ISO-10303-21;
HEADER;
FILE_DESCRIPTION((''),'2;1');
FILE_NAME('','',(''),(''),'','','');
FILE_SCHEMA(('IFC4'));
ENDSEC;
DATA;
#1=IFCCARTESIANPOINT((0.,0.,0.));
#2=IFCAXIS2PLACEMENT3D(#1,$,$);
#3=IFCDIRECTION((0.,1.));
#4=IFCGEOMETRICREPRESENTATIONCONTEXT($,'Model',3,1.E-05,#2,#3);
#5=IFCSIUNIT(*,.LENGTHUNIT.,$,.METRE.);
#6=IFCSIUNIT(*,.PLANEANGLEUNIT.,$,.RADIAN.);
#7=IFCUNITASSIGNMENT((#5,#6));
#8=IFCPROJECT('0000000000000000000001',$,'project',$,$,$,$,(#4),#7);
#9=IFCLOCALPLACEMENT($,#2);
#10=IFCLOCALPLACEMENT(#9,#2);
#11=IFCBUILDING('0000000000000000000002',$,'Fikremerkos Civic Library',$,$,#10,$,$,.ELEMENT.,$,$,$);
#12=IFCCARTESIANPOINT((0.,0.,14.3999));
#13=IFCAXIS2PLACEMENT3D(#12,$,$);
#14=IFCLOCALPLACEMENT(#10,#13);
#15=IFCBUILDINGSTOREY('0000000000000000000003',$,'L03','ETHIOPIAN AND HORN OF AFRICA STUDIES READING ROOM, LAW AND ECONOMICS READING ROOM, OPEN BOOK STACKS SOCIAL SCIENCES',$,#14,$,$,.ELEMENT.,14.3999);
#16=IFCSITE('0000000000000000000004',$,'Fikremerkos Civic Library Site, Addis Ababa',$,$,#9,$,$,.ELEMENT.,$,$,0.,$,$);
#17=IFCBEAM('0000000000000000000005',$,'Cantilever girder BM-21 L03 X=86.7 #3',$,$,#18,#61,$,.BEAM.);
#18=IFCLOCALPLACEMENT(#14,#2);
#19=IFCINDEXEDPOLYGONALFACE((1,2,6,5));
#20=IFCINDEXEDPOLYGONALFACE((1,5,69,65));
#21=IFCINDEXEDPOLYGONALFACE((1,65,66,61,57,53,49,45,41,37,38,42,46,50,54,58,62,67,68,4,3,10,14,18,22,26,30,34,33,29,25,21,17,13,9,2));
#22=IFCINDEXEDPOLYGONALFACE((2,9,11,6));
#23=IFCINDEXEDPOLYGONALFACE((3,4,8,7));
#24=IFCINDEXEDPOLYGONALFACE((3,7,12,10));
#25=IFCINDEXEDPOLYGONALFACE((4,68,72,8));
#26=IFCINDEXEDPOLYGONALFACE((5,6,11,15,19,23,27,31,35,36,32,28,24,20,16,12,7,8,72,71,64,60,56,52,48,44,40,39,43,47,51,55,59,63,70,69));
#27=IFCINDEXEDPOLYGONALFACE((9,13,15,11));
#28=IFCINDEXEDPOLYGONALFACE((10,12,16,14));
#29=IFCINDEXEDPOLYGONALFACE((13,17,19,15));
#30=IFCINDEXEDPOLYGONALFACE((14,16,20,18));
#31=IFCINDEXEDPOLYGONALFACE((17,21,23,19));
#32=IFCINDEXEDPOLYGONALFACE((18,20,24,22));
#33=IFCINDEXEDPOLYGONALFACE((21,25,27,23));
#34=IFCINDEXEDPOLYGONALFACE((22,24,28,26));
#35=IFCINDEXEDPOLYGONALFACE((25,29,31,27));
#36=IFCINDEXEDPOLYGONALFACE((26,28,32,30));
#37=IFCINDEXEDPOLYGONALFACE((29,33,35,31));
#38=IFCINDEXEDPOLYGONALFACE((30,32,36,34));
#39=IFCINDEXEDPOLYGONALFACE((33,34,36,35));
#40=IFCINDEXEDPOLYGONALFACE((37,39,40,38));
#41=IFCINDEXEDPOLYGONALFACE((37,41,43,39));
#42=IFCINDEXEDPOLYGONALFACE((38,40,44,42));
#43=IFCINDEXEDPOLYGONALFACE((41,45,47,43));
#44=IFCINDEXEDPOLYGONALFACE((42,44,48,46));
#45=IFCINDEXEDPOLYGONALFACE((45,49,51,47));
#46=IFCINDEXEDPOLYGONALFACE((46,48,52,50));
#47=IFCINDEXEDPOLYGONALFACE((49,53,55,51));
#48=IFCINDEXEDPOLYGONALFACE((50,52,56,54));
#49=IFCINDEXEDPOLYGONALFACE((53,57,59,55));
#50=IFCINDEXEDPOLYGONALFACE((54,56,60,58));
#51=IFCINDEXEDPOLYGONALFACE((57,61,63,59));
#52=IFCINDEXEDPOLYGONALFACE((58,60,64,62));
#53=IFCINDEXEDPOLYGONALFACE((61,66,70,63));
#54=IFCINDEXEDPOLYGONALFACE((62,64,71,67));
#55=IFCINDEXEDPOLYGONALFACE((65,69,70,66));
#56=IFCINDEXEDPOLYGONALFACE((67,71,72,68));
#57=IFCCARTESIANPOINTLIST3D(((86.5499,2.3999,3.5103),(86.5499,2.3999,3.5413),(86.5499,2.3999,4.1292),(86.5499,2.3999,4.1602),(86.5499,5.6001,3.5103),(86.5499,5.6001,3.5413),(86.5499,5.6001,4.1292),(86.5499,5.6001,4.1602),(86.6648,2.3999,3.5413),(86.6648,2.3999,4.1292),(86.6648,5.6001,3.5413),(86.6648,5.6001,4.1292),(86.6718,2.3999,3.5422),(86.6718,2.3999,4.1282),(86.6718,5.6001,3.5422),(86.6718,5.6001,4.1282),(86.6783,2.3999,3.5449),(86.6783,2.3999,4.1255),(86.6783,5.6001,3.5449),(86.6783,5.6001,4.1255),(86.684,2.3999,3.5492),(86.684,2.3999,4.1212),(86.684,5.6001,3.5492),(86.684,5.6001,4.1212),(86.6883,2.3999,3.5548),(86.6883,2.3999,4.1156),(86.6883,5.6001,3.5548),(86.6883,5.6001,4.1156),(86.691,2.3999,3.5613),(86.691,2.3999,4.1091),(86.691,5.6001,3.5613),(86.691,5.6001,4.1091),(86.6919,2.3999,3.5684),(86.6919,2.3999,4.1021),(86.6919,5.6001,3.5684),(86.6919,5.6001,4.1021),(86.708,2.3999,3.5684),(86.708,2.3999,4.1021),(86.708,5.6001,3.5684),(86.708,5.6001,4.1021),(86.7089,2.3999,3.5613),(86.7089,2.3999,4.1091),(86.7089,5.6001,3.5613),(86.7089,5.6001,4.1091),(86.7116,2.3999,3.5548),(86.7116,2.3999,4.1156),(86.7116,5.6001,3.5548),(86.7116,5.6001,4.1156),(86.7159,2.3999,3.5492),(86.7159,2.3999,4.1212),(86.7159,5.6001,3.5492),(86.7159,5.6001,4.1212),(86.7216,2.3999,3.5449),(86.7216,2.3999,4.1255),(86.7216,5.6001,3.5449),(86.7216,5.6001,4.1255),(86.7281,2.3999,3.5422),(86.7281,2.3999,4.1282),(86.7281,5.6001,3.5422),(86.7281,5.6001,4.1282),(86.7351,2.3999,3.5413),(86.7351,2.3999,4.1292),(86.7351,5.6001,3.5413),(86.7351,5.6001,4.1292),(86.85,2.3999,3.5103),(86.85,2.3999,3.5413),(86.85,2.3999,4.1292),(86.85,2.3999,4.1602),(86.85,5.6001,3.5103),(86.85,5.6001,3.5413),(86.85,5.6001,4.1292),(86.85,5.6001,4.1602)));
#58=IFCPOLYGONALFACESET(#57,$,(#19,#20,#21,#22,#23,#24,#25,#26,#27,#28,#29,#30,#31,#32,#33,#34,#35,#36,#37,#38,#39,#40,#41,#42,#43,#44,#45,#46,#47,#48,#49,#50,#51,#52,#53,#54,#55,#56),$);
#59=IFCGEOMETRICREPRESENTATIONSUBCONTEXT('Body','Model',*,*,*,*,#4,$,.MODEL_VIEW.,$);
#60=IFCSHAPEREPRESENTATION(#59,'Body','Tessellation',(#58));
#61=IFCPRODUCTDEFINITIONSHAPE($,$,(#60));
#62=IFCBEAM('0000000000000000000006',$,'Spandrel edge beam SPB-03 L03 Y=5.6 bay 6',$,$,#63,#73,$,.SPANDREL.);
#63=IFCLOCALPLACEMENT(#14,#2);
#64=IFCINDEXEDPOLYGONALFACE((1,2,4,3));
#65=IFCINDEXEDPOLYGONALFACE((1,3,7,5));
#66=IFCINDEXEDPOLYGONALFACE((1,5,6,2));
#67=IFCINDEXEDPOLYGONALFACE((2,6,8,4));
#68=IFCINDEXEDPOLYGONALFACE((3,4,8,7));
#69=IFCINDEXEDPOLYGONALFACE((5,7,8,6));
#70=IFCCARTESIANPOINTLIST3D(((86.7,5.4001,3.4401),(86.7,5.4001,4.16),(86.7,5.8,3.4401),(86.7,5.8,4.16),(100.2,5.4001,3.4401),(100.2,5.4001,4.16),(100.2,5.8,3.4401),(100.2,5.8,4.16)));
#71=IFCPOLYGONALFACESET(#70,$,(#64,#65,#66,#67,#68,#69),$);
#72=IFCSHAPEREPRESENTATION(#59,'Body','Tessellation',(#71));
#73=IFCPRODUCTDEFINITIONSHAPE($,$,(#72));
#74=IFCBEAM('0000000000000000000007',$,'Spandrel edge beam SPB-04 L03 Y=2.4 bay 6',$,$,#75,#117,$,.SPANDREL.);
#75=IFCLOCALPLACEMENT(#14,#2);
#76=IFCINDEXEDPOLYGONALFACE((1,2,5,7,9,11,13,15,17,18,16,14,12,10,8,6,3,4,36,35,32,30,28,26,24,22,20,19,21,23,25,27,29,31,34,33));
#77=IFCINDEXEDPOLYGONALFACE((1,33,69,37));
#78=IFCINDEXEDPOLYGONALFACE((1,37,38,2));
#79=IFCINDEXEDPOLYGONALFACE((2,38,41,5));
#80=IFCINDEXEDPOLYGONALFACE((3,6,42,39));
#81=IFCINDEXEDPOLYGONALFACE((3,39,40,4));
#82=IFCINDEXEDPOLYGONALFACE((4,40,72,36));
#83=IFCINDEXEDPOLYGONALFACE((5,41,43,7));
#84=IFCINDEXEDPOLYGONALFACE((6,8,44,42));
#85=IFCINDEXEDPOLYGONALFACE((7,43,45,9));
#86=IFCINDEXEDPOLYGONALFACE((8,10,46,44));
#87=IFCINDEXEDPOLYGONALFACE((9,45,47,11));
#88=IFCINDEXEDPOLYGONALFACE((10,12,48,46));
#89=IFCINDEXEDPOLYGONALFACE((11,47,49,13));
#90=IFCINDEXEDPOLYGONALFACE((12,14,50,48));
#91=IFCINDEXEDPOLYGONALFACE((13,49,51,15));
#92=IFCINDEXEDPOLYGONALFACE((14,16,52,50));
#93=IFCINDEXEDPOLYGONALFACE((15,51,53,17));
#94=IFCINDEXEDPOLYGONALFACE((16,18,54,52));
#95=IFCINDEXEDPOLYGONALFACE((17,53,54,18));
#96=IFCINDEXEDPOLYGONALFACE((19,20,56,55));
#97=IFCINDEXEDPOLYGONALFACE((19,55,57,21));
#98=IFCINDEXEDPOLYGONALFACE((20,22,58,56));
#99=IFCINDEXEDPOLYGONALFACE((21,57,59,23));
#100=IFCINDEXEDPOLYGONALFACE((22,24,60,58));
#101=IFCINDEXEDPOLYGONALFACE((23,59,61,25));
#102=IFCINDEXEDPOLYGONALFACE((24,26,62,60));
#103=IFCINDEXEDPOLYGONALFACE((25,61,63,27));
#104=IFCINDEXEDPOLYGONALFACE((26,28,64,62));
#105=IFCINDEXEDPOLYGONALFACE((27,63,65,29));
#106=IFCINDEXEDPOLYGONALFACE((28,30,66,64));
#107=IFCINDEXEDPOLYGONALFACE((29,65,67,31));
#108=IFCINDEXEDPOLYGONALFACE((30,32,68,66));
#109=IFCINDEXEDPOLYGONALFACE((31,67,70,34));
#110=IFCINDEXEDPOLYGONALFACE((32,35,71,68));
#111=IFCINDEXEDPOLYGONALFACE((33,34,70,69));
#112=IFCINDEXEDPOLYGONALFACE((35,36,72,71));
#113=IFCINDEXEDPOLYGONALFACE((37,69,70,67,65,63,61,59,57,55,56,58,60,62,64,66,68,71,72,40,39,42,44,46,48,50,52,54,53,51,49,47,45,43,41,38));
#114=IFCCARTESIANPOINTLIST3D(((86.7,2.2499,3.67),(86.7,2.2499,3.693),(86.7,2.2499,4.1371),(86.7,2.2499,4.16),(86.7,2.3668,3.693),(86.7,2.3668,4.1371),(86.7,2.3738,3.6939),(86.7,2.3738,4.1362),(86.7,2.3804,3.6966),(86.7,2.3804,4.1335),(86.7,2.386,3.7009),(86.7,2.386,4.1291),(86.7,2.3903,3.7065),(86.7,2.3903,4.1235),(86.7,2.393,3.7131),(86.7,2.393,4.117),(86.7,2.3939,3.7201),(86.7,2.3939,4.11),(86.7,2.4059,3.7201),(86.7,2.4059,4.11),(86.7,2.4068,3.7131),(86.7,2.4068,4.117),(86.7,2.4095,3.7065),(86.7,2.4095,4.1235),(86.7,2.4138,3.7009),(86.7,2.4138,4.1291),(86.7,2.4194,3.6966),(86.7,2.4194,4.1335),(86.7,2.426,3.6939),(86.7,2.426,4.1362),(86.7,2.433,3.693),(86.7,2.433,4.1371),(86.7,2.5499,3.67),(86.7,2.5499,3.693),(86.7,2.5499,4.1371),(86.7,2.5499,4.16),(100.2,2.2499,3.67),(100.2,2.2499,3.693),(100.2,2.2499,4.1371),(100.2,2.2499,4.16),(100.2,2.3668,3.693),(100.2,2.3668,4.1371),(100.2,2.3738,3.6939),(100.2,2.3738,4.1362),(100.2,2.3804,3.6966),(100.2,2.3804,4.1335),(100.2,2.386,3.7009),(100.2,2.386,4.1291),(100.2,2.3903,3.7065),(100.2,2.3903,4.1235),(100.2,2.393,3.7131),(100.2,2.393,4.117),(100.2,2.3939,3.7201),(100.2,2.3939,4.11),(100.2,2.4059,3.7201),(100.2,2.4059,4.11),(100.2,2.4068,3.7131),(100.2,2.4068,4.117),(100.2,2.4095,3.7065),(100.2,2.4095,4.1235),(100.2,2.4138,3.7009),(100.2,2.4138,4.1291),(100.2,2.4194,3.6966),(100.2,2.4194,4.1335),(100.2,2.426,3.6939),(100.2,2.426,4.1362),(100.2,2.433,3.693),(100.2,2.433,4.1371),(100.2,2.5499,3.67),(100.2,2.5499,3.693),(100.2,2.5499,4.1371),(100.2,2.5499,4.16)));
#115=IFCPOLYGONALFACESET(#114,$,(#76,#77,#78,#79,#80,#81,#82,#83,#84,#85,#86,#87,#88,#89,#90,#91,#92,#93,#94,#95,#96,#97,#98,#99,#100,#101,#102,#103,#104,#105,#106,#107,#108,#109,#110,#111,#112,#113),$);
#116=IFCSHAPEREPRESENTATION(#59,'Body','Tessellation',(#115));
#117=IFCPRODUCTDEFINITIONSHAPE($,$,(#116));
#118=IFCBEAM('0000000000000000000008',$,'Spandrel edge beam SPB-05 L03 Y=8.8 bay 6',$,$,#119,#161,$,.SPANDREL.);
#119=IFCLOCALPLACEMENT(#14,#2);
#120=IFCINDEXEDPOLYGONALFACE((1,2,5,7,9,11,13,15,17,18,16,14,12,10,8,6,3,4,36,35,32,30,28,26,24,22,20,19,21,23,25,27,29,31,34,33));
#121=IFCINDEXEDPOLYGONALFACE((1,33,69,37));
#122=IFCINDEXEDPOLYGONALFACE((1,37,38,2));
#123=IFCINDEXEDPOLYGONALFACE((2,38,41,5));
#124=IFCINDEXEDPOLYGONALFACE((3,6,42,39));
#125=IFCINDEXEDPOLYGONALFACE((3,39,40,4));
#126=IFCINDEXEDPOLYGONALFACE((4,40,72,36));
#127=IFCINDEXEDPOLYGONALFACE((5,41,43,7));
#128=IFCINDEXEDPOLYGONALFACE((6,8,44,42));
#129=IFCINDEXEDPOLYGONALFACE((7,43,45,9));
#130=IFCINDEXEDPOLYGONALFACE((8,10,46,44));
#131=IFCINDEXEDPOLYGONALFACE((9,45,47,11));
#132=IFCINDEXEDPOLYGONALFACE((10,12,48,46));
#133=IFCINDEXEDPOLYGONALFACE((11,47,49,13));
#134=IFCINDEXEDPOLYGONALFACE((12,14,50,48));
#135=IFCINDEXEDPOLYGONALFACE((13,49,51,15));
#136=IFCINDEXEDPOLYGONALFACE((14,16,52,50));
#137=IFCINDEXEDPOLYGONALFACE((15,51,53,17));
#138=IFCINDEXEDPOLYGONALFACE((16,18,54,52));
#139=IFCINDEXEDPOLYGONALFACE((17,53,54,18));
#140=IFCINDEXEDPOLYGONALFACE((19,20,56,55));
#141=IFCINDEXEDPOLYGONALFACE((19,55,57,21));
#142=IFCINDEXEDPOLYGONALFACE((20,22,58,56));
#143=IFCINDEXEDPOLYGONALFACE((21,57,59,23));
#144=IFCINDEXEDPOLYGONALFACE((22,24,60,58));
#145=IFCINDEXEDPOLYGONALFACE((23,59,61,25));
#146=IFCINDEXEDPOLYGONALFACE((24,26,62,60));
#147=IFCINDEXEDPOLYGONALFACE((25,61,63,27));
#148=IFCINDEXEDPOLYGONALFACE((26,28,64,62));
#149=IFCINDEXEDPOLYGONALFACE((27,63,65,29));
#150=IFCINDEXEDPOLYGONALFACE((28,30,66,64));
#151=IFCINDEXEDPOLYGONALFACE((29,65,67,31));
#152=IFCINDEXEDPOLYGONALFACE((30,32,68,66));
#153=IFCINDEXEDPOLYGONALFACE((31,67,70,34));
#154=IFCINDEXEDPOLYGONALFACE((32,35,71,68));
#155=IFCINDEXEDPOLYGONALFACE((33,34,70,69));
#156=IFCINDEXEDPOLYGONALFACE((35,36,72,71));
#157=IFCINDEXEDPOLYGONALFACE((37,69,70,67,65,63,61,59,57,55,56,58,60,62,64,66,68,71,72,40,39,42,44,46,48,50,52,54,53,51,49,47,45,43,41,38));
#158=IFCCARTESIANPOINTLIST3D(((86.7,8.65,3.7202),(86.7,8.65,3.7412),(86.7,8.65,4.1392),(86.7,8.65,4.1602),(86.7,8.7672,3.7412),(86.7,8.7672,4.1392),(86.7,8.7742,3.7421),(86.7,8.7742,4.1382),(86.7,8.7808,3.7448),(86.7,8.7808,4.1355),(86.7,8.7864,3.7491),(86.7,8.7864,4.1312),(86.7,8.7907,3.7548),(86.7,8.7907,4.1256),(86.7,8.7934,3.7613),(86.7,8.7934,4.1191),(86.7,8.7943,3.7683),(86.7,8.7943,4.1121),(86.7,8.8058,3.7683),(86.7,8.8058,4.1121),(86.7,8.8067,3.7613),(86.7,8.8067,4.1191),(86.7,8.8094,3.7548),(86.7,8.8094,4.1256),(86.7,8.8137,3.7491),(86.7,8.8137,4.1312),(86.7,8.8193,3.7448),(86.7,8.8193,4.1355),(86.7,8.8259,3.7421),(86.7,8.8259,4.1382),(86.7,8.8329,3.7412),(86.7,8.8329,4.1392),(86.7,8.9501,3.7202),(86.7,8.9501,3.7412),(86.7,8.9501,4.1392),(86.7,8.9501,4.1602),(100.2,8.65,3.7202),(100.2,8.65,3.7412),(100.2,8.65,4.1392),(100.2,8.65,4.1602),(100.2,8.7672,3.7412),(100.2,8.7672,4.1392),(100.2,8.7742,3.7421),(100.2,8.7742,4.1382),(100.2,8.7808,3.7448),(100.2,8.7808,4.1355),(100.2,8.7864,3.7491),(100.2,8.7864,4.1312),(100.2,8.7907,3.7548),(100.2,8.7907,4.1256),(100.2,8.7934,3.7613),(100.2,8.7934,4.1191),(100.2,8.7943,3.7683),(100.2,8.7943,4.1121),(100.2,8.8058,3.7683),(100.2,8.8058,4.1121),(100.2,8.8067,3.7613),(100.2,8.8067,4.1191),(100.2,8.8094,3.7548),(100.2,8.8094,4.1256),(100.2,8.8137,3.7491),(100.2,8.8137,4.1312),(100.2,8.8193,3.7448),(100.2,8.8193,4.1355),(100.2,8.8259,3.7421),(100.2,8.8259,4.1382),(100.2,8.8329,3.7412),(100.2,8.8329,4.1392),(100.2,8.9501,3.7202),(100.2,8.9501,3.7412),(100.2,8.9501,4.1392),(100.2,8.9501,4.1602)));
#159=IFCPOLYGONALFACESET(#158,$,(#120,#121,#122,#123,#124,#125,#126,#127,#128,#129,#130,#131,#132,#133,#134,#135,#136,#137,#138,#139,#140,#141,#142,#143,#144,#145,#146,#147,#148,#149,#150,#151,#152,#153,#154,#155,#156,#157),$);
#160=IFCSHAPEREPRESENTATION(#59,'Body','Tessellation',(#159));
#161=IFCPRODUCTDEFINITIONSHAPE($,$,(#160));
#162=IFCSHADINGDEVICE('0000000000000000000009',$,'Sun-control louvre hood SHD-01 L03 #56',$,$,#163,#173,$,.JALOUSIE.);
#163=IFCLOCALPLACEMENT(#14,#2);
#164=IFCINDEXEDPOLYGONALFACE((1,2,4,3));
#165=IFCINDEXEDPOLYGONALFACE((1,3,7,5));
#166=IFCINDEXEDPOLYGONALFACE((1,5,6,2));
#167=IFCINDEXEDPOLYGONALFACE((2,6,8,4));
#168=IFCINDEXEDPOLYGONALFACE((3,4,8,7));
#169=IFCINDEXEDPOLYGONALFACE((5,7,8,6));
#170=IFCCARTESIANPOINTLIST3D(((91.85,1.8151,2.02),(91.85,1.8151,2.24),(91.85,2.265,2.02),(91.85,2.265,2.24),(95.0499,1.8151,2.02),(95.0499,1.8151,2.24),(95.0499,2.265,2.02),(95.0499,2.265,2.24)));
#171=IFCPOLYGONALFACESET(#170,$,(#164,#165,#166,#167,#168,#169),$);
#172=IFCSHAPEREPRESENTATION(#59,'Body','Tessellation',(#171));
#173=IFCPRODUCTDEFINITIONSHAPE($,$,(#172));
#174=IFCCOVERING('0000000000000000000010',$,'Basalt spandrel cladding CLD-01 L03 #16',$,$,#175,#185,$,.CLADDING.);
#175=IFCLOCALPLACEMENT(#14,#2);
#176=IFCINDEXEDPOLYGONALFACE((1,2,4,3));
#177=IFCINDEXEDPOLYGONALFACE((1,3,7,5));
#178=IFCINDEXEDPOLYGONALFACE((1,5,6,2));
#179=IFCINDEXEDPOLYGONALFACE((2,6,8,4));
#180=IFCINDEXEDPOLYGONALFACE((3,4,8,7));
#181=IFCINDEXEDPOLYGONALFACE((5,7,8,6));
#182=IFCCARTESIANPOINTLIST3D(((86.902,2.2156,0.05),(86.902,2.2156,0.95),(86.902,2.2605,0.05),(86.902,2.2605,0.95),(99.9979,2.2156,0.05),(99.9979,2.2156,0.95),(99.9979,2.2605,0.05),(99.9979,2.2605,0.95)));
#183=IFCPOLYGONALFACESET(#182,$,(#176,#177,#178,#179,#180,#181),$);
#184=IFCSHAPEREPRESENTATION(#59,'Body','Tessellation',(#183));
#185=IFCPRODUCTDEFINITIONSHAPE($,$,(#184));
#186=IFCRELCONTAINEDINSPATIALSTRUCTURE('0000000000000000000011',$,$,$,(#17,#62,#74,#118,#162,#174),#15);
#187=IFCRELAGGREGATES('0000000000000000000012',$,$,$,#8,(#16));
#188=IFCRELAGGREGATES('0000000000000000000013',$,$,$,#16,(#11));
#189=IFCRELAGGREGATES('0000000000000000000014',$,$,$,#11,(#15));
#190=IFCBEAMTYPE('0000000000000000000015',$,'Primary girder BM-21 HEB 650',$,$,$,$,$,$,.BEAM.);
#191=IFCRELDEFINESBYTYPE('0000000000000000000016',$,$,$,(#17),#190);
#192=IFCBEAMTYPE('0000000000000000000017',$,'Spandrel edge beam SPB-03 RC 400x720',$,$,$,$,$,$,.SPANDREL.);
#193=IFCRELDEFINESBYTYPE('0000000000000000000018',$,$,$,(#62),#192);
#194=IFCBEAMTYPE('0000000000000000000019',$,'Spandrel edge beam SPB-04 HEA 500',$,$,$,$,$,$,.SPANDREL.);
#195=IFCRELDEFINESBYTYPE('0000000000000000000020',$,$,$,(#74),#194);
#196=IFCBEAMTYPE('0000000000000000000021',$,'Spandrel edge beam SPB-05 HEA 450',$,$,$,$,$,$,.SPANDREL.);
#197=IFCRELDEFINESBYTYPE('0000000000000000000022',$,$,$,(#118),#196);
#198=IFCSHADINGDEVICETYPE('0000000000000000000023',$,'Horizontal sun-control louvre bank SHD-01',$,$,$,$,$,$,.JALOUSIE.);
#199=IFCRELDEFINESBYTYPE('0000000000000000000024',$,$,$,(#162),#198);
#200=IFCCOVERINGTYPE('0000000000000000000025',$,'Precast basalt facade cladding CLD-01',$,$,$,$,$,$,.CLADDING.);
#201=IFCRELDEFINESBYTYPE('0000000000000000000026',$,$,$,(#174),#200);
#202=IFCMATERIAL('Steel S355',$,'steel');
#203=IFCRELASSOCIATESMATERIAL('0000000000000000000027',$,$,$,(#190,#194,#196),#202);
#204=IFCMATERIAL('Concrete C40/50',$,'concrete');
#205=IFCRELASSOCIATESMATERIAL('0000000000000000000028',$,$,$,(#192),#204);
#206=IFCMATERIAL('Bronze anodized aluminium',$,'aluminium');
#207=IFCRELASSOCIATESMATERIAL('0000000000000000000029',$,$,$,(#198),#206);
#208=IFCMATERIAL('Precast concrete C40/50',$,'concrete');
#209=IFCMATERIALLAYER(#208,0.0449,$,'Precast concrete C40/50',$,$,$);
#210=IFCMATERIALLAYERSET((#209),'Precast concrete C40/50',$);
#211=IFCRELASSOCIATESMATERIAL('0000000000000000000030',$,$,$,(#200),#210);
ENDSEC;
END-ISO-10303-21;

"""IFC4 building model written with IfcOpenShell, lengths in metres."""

from ifc_helpers import new_model, si_unit, direction, frame, origin, origin_2d, place, context, subcontext, project, spatial, rectangle, i_section, extrude, material, layer, layer_set, material_profile, profile_set, type_object, element, save


model = new_model("IFC4")

# Units and contexts
model_context = context("Model", 3, precision=1e-05, world=origin(), true_north=direction((0.0, 1.0)))
body_context = subcontext(model_context, "Body", "Model", "MODEL_VIEW")
ifc_project = project(units=[si_unit("LENGTHUNIT", "METRE"), si_unit("PLANEANGLEUNIT", "RADIAN")], contexts=[model_context])

# Site, building, storey
site_placement = place(None, origin())
site = spatial("IfcSite", under=ifc_project, at=site_placement, Name="Fikremerkos Civic Library Site, Addis Ababa", CompositionType="ELEMENT", RefElevation=0.0)
building_placement = place(site_placement, origin())
building = spatial("IfcBuilding", under=site, at=building_placement, Name="Fikremerkos Civic Library", CompositionType="ELEMENT")
storey_placement = place(building_placement, frame((0.0, 0.0, 14.3999)))
storey = spatial("IfcBuildingStorey", under=building, at=storey_placement, Name="L03", Description="ETHIOPIAN AND HORN OF AFRICA STUDIES READING ROOM, LAW AND ECONOMICS READING ROOM, OPEN BOOK STACKS SOCIAL SCIENCES", CompositionType="ELEMENT", Elevation=14.3999)

# Shared definitions
ifc_material_1 = material(Name="Concrete C40/50", Category="concrete")
ifc_material_2 = material(Name="Steel S355", Category="steel")

# Beams
ifc_material_profile_1 = material_profile(ifc_material_2, i_section(OverallWidth=0.3, OverallDepth=0.6499, WebThickness=0.0161, FlangeThickness=0.031, FilletRadius=0.0271, at=origin_2d()), Name="HEB 650")
ifc_profile_set_1 = profile_set([ifc_material_profile_1], Name="Steel S355")
beam_type_1 = type_object("IfcBeamType", Name="Primary girder BM-21 HEB 650", PredefinedType="BEAM", material=ifc_profile_set_1)
beam_1_placement = place(storey_placement, frame((86.7, 5.6001, 3.8352), z_axis=(0.0, -1.0, 0.0), x_axis=(1.0, 0.0, 0.0)))
element("IfcBeam", 1, at=beam_1_placement, inside=storey, type_object=beam_type_1, Name="Cantilever girder BM-21 L03 X=86.7 #3", PredefinedType="BEAM", context=body_context, shape_type="SweptSolid", body=[
    extrude(i_section(OverallWidth=0.3, OverallDepth=0.6499, WebThickness=0.0161, FlangeThickness=0.031, FilletRadius=0.0271, at=origin_2d()), origin(), (0.0, 0.0, 1.0), 3.2002),
])
ifc_material_profile_2 = material_profile(ifc_material_1, rectangle(XDim=0.3999, YDim=0.72, at=origin_2d()), Name="RC 400x720")
ifc_profile_set_2 = profile_set([ifc_material_profile_2], Name="Concrete C40/50")
beam_type_2 = type_object("IfcBeamType", Name="Spandrel edge beam SPB-03 RC 400x720", PredefinedType="SPANDREL", material=ifc_profile_set_2)
beam_2_placement = place(storey_placement, frame((86.7, 5.6001, 3.8), z_axis=(1.0, 0.0, 0.0), x_axis=(0.0, 1.0, 0.0)))
element("IfcBeam", 2, at=beam_2_placement, inside=storey, type_object=beam_type_2, Name="Spandrel edge beam SPB-03 L03 Y=5.6 bay 6", PredefinedType="SPANDREL", context=body_context, shape_type="SweptSolid", body=[
    extrude(rectangle(XDim=0.3999, YDim=0.72, at=origin_2d()), origin(), (0.0, 0.0, 1.0), 13.5),
])
ifc_material_profile_3 = material_profile(ifc_material_2, i_section(OverallWidth=0.3, OverallDepth=0.49, WebThickness=0.012, FlangeThickness=0.0229, FilletRadius=0.0271, at=origin_2d()), Name="HEA 500")
ifc_profile_set_3 = profile_set([ifc_material_profile_3], Name="Steel S355")
beam_type_3 = type_object("IfcBeamType", Name="Spandrel edge beam SPB-04 HEA 500", PredefinedType="SPANDREL", material=ifc_profile_set_3)
beam_3_placement = place(storey_placement, frame((86.7, 2.3999, 3.915), z_axis=(1.0, 0.0, 0.0), x_axis=(0.0, 1.0, 0.0)))
element("IfcBeam", 3, at=beam_3_placement, inside=storey, type_object=beam_type_3, Name="Spandrel edge beam SPB-04 L03 Y=2.4 bay 6", PredefinedType="SPANDREL", context=body_context, shape_type="SweptSolid", body=[
    extrude(i_section(OverallWidth=0.3, OverallDepth=0.49, WebThickness=0.012, FlangeThickness=0.0229, FilletRadius=0.0271, at=origin_2d()), origin(), (0.0, 0.0, 1.0), 13.5),
])
ifc_material_profile_4 = material_profile(ifc_material_2, i_section(OverallWidth=0.3, OverallDepth=0.4399, WebThickness=0.0115, FlangeThickness=0.021, FilletRadius=0.0271, at=origin_2d()), Name="HEA 450")
ifc_profile_set_4 = profile_set([ifc_material_profile_4], Name="Steel S355")
beam_type_4 = type_object("IfcBeamType", Name="Spandrel edge beam SPB-05 HEA 450", PredefinedType="SPANDREL", material=ifc_profile_set_4)
beam_4_placement = place(storey_placement, frame((86.7, 8.8, 3.9402), z_axis=(1.0, 0.0, 0.0), x_axis=(0.0, 1.0, 0.0)))
element("IfcBeam", 4, at=beam_4_placement, inside=storey, type_object=beam_type_4, Name="Spandrel edge beam SPB-05 L03 Y=8.8 bay 6", PredefinedType="SPANDREL", context=body_context, shape_type="SweptSolid", body=[
    extrude(i_section(OverallWidth=0.3, OverallDepth=0.4399, WebThickness=0.0115, FlangeThickness=0.021, FilletRadius=0.0271, at=origin_2d()), origin(), (0.0, 0.0, 1.0), 13.5),
])

# Shared definitions
ifc_material_3 = material(Name="Precast concrete C40/50", Category="concrete")

# Shading device
ifc_material_4 = material(Name="Bronze anodized aluminium", Category="aluminium")
shading_device_type = type_object("IfcShadingDeviceType", Name="Horizontal sun-control louvre bank SHD-01", PredefinedType="JALOUSIE", material=ifc_material_4)
shading_device_placement = place(storey_placement, frame((93.45, 2.04, 2.02), z_axis=(0.0, 0.0, 1.0), x_axis=(1.0, 0.0, 0.0)))
element("IfcShadingDevice", 5, at=shading_device_placement, inside=storey, type_object=shading_device_type, Name="Sun-control louvre hood SHD-01 L03 #56", PredefinedType="JALOUSIE", context=body_context, shape_type="SweptSolid", body=[
    extrude(rectangle(XDim=3.2, YDim=0.45, at=origin_2d()), origin(), (0.0, 0.0, 1.0), 0.22),
])

# Covering
ifc_layer_1 = layer(ifc_material_3, 0.0449, Name="Precast concrete C40/50")
ifc_layer_set_1 = layer_set([ifc_layer_1], Name="Precast concrete C40/50")
covering_type = type_object("IfcCoveringType", Name="Precast basalt facade cladding CLD-01", PredefinedType="CLADDING", material=ifc_layer_set_1)
covering_placement = place(storey_placement, frame((93.45, 2.238, 0.05), z_axis=(0.0, 0.0, 1.0), x_axis=(1.0, 0.0, 0.0)))
element("IfcCovering", 6, at=covering_placement, inside=storey, type_object=covering_type, Name="Basalt spandrel cladding CLD-01 L03 #16", PredefinedType="CLADDING", context=body_context, shape_type="SweptSolid", body=[
    extrude(rectangle(XDim=13.0959, YDim=0.0449, at=origin_2d()), origin(), (0.0, 0.0, 1.0), 0.8999),
])

save(model, "model.ifc")
